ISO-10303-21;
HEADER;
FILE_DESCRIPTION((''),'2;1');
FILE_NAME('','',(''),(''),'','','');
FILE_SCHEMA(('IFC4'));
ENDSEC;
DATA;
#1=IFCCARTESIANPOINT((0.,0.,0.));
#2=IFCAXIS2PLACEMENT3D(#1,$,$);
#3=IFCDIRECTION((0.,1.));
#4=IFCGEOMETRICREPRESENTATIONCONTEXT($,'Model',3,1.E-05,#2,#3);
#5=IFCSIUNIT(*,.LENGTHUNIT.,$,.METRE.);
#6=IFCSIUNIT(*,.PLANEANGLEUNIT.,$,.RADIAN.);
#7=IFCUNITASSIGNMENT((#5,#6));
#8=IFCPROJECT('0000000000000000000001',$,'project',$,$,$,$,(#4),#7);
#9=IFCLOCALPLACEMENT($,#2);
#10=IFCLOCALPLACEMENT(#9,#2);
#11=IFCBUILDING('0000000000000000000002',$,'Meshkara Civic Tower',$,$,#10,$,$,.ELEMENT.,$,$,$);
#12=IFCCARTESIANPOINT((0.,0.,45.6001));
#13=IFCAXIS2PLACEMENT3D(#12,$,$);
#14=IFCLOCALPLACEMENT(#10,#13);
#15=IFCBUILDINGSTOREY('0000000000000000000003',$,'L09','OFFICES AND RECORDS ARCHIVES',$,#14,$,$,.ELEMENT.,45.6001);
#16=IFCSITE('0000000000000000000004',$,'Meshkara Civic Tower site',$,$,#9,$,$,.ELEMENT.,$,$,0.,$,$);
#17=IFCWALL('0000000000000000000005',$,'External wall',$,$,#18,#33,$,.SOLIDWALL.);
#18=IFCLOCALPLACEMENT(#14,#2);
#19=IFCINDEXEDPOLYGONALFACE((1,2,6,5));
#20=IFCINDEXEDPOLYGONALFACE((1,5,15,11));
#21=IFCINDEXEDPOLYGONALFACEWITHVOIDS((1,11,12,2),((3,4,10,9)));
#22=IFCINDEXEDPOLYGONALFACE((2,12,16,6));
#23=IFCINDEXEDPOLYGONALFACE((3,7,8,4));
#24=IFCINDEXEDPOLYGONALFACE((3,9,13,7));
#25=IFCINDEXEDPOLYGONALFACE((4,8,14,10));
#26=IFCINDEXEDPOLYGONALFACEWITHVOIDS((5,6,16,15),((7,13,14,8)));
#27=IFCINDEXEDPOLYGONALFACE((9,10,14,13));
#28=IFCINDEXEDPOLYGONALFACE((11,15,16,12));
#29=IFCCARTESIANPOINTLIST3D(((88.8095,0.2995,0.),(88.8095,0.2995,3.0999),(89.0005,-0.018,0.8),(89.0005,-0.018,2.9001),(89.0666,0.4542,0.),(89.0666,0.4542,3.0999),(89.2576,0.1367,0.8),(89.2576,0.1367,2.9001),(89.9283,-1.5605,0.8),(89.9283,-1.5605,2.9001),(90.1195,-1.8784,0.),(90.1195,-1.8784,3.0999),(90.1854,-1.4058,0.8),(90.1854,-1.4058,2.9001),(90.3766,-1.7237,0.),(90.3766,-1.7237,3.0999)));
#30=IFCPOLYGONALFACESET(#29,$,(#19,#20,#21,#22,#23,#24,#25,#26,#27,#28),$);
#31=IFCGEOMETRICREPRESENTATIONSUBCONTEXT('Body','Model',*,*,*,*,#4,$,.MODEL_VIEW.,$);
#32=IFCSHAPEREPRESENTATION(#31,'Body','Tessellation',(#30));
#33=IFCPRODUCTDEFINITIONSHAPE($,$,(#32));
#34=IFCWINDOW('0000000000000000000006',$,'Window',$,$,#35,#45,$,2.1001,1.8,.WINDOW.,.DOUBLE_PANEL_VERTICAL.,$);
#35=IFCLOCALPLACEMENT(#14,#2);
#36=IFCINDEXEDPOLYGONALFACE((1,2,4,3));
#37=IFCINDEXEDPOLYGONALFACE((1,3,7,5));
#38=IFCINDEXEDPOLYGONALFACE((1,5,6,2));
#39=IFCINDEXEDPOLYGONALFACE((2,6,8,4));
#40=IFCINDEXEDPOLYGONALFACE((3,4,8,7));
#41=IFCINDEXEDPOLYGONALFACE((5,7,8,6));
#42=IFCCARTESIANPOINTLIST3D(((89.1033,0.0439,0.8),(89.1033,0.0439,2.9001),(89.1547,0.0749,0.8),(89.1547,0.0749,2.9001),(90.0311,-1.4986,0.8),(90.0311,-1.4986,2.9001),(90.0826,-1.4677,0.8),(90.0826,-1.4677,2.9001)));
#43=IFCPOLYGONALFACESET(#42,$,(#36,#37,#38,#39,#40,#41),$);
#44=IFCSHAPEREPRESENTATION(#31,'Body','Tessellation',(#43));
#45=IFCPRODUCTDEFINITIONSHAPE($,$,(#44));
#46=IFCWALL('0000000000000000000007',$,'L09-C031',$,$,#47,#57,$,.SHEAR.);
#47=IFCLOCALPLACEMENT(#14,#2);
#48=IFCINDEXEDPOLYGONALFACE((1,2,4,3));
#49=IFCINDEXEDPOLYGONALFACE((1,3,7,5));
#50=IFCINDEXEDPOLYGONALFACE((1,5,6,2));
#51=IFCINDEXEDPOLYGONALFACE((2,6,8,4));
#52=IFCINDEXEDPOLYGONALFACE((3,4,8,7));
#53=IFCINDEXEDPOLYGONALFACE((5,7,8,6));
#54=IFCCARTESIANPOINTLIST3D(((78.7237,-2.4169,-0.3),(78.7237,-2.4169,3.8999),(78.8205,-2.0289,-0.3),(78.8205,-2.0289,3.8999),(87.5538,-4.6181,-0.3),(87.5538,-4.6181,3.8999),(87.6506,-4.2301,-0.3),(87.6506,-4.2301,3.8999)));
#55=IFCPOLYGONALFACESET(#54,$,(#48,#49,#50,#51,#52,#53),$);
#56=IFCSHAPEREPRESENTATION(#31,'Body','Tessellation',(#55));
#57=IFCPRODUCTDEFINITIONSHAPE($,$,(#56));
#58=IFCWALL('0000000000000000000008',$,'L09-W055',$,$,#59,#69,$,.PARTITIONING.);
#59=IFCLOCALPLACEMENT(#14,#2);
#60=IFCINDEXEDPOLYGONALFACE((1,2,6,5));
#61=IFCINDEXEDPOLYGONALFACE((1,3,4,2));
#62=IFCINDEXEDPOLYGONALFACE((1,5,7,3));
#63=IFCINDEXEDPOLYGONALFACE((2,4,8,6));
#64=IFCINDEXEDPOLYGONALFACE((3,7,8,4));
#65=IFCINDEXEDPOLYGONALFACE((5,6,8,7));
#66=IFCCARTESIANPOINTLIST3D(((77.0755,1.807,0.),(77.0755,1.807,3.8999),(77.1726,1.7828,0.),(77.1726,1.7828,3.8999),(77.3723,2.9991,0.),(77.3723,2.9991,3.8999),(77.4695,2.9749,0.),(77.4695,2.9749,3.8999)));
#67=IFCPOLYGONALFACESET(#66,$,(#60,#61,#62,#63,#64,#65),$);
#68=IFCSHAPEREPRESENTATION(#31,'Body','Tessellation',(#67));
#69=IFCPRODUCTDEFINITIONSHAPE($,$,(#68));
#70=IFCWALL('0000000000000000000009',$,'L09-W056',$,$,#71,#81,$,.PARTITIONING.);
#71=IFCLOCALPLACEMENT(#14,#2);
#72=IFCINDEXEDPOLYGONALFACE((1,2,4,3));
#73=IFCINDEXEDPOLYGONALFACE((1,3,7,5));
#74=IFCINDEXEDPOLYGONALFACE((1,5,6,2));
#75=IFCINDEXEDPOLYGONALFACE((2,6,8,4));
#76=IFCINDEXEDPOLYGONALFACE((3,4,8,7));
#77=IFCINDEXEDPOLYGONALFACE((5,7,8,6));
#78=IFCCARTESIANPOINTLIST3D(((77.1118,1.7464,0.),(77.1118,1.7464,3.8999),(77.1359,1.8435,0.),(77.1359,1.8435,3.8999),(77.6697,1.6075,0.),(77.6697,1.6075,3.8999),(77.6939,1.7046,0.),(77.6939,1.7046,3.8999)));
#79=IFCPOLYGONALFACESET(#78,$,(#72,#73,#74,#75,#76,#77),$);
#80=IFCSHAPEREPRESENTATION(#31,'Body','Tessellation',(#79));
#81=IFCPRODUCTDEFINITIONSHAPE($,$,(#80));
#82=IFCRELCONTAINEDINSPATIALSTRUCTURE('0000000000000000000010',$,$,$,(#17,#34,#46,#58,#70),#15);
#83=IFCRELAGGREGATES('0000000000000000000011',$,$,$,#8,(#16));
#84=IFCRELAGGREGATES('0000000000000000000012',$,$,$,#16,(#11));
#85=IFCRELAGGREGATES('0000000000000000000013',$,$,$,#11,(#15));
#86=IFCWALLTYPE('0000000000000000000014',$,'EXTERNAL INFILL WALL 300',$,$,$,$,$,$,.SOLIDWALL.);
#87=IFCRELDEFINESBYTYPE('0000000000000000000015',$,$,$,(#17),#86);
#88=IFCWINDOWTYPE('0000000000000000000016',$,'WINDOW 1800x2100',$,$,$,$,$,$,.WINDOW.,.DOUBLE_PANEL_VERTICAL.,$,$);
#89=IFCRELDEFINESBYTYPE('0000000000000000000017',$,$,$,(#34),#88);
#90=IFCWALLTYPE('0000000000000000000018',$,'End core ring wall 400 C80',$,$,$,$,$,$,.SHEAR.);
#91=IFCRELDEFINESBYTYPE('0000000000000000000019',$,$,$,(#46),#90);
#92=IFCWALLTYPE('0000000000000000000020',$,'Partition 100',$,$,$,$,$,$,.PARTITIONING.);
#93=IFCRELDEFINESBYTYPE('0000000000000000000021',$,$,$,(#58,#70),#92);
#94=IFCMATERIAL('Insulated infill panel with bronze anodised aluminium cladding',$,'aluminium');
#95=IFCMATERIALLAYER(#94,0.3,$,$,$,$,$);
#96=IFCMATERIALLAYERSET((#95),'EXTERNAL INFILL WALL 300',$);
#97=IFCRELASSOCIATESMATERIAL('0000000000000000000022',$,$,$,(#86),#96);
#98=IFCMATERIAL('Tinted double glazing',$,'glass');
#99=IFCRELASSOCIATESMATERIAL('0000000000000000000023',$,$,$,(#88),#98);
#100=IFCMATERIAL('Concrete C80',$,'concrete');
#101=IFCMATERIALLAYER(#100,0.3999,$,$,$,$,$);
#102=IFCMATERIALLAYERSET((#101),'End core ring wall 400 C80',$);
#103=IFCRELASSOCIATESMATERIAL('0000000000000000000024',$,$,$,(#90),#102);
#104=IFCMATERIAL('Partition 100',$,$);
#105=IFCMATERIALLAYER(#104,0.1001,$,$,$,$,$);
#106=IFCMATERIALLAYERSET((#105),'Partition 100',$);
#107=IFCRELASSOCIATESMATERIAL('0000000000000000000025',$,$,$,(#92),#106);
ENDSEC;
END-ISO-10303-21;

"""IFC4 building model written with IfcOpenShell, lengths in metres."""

from ifc_helpers import new_model, si_unit, direction, frame, frame_2d, origin, place, context, subcontext, project, spatial, rectangle, extrude, material, layer, layer_set, type_object, element, fill, save


model = new_model("IFC4")

# Units and contexts
model_context = context("Model", 3, precision=1e-05, world=origin(), true_north=direction((0.0, 1.0)))
body_context = subcontext(model_context, "Body", "Model", "MODEL_VIEW")
ifc_project = project(units=[si_unit("LENGTHUNIT", "METRE"), si_unit("PLANEANGLEUNIT", "RADIAN")], contexts=[model_context])

# Site, building, storey
site_placement = place(None, origin())
site = spatial("IfcSite", under=ifc_project, at=site_placement, Name="Meshkara Civic Tower site", CompositionType="ELEMENT", RefElevation=0.0)
building_placement = place(site_placement, origin())
building = spatial("IfcBuilding", under=site, at=building_placement, Name="Meshkara Civic Tower", CompositionType="ELEMENT")
storey_placement = place(building_placement, frame((0.0, 0.0, 45.6001)))
storey = spatial("IfcBuildingStorey", under=building, at=storey_placement, Name="L09", Description="OFFICES AND RECORDS ARCHIVES", CompositionType="ELEMENT", Elevation=45.6001)

# Wall, opening, window
ifc_material_1 = material(Name="Insulated infill panel with bronze anodised aluminium cladding", Category="aluminium")
ifc_layer_1 = layer(ifc_material_1, 0.3)
ifc_layer_set_1 = layer_set([ifc_layer_1], Name="EXTERNAL INFILL WALL 300")
wall_type_1 = type_object("IfcWallType", Name="EXTERNAL INFILL WALL 300", PredefinedType="SOLIDWALL", material=ifc_layer_set_1)
ifc_material_2 = material(Name="Tinted double glazing", Category="glass")
window_type_1 = type_object("IfcWindowType", Name="WINDOW 1800x2100", PartitioningType="DOUBLE_PANEL_VERTICAL", PredefinedType="WINDOW", material=ifc_material_2)
wall_1_placement = place(storey_placement, frame((90.248, -1.801, 0.0), z_axis=(0.0, 0.0, 1.0), x_axis=(-0.515442, 0.856925, 0.0)))
wall_1 = element("IfcWall", 1, at=wall_1_placement, inside=storey, type_object=wall_type_1, Name="External wall", PredefinedType="SOLIDWALL", context=body_context, shape_type="SweptSolid", body=[
    extrude(rectangle(XDim=2.5415, YDim=0.3, at=frame_2d((1.2708, 0.0))), origin(), (0.0, 0.0, 1.0), 3.0999),
])
opening_1_placement = place(wall_1_placement, frame((0.3711, 0.0, 0.8)))
opening_1 = element("IfcOpeningElement", 2, at=opening_1_placement, cuts=wall_1, PredefinedType="OPENING", context=body_context, shape_type="SweptSolid", body=[
    extrude(rectangle(XDim=1.8, YDim=2.1001, at=frame_2d((0.8999, 1.05))), frame((0.0, 0.1599, 0.0), z_axis=(0.0, -1.0, 0.0), x_axis=(1.0, 0.0, 0.0)), (0.0, 0.0, 1.0), 0.3201),
])
window_1_placement = place(opening_1_placement, origin())
window_1 = element("IfcWindow", 3, at=window_1_placement, inside=storey, type_object=window_type_1, Name="Window", OverallHeight=2.1001, OverallWidth=1.8, PartitioningType="DOUBLE_PANEL_VERTICAL", PredefinedType="WINDOW", context=body_context, shape_type="SweptSolid", body=[
    extrude(rectangle(XDim=1.8, YDim=2.1001, at=frame_2d((0.8999, 1.05))), frame((0.0, 0.03, 0.0), z_axis=(0.0, -1.0, 0.0), x_axis=(1.0, 0.0, 0.0)), (0.0, 0.0, 1.0), 0.0601),
])
fill(opening_1, window_1)

# Walls
ifc_material_3 = material(Name="Concrete C80", Category="concrete")
ifc_layer_2 = layer(ifc_material_3, 0.3999)
ifc_layer_set_2 = layer_set([ifc_layer_2], Name="End core ring wall 400 C80")
wall_type_2 = type_object("IfcWallType", Name="End core ring wall 400 C80", PredefinedType="SHEAR", material=ifc_layer_set_2)
wall_2_placement = place(storey_placement, frame((78.772, -2.2229, -0.3), z_axis=(0.0, 0.0, 1.0), x_axis=(0.970306, -0.241879, 0.0)))
element("IfcWall", 4, at=wall_2_placement, inside=storey, type_object=wall_type_2, Name="L09-C031", PredefinedType="SHEAR", context=body_context, shape_type="SweptSolid", body=[
    extrude(rectangle(XDim=9.1003, YDim=0.3999, at=frame_2d((4.5503, 0.0))), origin(), (0.0, 0.0, 1.0), 4.2),
])
ifc_material_4 = material(Name="Partition 100")
ifc_layer_3 = layer(ifc_material_4, 0.1001)
ifc_layer_set_3 = layer_set([ifc_layer_3], Name="Partition 100")
wall_type_3 = type_object("IfcWallType", Name="Partition 100", PredefinedType="PARTITIONING", material=ifc_layer_set_3)
wall_3_placement = place(storey_placement, frame((77.124, 1.7949, 0.0), z_axis=(0.0, 0.0, 1.0), x_axis=(0.241647, 0.970364, 0.0)))
element("IfcWall", 5, at=wall_3_placement, inside=storey, type_object=wall_type_3, Name="L09-W055", PredefinedType="PARTITIONING", context=body_context, shape_type="SweptSolid", body=[
    extrude(rectangle(XDim=1.2285, YDim=0.1001, at=frame_2d((0.6143, 0.0))), origin(), (0.0, 0.0, 1.0), 3.8999),
])
wall_4_placement = place(storey_placement, frame((77.6819, 1.656, 0.0), z_axis=(0.0, 0.0, 1.0), x_axis=(-0.970367, 0.241636, 0.0)))
element("IfcWall", 6, at=wall_4_placement, inside=storey, type_object=wall_type_3, Name="L09-W056", PredefinedType="PARTITIONING", context=body_context, shape_type="SweptSolid", body=[
    extrude(rectangle(XDim=0.575, YDim=0.1001, at=frame_2d((0.2876, 0.0))), origin(), (0.0, 0.0, 1.0), 3.8999),
])

save(model, "model.ifc")
